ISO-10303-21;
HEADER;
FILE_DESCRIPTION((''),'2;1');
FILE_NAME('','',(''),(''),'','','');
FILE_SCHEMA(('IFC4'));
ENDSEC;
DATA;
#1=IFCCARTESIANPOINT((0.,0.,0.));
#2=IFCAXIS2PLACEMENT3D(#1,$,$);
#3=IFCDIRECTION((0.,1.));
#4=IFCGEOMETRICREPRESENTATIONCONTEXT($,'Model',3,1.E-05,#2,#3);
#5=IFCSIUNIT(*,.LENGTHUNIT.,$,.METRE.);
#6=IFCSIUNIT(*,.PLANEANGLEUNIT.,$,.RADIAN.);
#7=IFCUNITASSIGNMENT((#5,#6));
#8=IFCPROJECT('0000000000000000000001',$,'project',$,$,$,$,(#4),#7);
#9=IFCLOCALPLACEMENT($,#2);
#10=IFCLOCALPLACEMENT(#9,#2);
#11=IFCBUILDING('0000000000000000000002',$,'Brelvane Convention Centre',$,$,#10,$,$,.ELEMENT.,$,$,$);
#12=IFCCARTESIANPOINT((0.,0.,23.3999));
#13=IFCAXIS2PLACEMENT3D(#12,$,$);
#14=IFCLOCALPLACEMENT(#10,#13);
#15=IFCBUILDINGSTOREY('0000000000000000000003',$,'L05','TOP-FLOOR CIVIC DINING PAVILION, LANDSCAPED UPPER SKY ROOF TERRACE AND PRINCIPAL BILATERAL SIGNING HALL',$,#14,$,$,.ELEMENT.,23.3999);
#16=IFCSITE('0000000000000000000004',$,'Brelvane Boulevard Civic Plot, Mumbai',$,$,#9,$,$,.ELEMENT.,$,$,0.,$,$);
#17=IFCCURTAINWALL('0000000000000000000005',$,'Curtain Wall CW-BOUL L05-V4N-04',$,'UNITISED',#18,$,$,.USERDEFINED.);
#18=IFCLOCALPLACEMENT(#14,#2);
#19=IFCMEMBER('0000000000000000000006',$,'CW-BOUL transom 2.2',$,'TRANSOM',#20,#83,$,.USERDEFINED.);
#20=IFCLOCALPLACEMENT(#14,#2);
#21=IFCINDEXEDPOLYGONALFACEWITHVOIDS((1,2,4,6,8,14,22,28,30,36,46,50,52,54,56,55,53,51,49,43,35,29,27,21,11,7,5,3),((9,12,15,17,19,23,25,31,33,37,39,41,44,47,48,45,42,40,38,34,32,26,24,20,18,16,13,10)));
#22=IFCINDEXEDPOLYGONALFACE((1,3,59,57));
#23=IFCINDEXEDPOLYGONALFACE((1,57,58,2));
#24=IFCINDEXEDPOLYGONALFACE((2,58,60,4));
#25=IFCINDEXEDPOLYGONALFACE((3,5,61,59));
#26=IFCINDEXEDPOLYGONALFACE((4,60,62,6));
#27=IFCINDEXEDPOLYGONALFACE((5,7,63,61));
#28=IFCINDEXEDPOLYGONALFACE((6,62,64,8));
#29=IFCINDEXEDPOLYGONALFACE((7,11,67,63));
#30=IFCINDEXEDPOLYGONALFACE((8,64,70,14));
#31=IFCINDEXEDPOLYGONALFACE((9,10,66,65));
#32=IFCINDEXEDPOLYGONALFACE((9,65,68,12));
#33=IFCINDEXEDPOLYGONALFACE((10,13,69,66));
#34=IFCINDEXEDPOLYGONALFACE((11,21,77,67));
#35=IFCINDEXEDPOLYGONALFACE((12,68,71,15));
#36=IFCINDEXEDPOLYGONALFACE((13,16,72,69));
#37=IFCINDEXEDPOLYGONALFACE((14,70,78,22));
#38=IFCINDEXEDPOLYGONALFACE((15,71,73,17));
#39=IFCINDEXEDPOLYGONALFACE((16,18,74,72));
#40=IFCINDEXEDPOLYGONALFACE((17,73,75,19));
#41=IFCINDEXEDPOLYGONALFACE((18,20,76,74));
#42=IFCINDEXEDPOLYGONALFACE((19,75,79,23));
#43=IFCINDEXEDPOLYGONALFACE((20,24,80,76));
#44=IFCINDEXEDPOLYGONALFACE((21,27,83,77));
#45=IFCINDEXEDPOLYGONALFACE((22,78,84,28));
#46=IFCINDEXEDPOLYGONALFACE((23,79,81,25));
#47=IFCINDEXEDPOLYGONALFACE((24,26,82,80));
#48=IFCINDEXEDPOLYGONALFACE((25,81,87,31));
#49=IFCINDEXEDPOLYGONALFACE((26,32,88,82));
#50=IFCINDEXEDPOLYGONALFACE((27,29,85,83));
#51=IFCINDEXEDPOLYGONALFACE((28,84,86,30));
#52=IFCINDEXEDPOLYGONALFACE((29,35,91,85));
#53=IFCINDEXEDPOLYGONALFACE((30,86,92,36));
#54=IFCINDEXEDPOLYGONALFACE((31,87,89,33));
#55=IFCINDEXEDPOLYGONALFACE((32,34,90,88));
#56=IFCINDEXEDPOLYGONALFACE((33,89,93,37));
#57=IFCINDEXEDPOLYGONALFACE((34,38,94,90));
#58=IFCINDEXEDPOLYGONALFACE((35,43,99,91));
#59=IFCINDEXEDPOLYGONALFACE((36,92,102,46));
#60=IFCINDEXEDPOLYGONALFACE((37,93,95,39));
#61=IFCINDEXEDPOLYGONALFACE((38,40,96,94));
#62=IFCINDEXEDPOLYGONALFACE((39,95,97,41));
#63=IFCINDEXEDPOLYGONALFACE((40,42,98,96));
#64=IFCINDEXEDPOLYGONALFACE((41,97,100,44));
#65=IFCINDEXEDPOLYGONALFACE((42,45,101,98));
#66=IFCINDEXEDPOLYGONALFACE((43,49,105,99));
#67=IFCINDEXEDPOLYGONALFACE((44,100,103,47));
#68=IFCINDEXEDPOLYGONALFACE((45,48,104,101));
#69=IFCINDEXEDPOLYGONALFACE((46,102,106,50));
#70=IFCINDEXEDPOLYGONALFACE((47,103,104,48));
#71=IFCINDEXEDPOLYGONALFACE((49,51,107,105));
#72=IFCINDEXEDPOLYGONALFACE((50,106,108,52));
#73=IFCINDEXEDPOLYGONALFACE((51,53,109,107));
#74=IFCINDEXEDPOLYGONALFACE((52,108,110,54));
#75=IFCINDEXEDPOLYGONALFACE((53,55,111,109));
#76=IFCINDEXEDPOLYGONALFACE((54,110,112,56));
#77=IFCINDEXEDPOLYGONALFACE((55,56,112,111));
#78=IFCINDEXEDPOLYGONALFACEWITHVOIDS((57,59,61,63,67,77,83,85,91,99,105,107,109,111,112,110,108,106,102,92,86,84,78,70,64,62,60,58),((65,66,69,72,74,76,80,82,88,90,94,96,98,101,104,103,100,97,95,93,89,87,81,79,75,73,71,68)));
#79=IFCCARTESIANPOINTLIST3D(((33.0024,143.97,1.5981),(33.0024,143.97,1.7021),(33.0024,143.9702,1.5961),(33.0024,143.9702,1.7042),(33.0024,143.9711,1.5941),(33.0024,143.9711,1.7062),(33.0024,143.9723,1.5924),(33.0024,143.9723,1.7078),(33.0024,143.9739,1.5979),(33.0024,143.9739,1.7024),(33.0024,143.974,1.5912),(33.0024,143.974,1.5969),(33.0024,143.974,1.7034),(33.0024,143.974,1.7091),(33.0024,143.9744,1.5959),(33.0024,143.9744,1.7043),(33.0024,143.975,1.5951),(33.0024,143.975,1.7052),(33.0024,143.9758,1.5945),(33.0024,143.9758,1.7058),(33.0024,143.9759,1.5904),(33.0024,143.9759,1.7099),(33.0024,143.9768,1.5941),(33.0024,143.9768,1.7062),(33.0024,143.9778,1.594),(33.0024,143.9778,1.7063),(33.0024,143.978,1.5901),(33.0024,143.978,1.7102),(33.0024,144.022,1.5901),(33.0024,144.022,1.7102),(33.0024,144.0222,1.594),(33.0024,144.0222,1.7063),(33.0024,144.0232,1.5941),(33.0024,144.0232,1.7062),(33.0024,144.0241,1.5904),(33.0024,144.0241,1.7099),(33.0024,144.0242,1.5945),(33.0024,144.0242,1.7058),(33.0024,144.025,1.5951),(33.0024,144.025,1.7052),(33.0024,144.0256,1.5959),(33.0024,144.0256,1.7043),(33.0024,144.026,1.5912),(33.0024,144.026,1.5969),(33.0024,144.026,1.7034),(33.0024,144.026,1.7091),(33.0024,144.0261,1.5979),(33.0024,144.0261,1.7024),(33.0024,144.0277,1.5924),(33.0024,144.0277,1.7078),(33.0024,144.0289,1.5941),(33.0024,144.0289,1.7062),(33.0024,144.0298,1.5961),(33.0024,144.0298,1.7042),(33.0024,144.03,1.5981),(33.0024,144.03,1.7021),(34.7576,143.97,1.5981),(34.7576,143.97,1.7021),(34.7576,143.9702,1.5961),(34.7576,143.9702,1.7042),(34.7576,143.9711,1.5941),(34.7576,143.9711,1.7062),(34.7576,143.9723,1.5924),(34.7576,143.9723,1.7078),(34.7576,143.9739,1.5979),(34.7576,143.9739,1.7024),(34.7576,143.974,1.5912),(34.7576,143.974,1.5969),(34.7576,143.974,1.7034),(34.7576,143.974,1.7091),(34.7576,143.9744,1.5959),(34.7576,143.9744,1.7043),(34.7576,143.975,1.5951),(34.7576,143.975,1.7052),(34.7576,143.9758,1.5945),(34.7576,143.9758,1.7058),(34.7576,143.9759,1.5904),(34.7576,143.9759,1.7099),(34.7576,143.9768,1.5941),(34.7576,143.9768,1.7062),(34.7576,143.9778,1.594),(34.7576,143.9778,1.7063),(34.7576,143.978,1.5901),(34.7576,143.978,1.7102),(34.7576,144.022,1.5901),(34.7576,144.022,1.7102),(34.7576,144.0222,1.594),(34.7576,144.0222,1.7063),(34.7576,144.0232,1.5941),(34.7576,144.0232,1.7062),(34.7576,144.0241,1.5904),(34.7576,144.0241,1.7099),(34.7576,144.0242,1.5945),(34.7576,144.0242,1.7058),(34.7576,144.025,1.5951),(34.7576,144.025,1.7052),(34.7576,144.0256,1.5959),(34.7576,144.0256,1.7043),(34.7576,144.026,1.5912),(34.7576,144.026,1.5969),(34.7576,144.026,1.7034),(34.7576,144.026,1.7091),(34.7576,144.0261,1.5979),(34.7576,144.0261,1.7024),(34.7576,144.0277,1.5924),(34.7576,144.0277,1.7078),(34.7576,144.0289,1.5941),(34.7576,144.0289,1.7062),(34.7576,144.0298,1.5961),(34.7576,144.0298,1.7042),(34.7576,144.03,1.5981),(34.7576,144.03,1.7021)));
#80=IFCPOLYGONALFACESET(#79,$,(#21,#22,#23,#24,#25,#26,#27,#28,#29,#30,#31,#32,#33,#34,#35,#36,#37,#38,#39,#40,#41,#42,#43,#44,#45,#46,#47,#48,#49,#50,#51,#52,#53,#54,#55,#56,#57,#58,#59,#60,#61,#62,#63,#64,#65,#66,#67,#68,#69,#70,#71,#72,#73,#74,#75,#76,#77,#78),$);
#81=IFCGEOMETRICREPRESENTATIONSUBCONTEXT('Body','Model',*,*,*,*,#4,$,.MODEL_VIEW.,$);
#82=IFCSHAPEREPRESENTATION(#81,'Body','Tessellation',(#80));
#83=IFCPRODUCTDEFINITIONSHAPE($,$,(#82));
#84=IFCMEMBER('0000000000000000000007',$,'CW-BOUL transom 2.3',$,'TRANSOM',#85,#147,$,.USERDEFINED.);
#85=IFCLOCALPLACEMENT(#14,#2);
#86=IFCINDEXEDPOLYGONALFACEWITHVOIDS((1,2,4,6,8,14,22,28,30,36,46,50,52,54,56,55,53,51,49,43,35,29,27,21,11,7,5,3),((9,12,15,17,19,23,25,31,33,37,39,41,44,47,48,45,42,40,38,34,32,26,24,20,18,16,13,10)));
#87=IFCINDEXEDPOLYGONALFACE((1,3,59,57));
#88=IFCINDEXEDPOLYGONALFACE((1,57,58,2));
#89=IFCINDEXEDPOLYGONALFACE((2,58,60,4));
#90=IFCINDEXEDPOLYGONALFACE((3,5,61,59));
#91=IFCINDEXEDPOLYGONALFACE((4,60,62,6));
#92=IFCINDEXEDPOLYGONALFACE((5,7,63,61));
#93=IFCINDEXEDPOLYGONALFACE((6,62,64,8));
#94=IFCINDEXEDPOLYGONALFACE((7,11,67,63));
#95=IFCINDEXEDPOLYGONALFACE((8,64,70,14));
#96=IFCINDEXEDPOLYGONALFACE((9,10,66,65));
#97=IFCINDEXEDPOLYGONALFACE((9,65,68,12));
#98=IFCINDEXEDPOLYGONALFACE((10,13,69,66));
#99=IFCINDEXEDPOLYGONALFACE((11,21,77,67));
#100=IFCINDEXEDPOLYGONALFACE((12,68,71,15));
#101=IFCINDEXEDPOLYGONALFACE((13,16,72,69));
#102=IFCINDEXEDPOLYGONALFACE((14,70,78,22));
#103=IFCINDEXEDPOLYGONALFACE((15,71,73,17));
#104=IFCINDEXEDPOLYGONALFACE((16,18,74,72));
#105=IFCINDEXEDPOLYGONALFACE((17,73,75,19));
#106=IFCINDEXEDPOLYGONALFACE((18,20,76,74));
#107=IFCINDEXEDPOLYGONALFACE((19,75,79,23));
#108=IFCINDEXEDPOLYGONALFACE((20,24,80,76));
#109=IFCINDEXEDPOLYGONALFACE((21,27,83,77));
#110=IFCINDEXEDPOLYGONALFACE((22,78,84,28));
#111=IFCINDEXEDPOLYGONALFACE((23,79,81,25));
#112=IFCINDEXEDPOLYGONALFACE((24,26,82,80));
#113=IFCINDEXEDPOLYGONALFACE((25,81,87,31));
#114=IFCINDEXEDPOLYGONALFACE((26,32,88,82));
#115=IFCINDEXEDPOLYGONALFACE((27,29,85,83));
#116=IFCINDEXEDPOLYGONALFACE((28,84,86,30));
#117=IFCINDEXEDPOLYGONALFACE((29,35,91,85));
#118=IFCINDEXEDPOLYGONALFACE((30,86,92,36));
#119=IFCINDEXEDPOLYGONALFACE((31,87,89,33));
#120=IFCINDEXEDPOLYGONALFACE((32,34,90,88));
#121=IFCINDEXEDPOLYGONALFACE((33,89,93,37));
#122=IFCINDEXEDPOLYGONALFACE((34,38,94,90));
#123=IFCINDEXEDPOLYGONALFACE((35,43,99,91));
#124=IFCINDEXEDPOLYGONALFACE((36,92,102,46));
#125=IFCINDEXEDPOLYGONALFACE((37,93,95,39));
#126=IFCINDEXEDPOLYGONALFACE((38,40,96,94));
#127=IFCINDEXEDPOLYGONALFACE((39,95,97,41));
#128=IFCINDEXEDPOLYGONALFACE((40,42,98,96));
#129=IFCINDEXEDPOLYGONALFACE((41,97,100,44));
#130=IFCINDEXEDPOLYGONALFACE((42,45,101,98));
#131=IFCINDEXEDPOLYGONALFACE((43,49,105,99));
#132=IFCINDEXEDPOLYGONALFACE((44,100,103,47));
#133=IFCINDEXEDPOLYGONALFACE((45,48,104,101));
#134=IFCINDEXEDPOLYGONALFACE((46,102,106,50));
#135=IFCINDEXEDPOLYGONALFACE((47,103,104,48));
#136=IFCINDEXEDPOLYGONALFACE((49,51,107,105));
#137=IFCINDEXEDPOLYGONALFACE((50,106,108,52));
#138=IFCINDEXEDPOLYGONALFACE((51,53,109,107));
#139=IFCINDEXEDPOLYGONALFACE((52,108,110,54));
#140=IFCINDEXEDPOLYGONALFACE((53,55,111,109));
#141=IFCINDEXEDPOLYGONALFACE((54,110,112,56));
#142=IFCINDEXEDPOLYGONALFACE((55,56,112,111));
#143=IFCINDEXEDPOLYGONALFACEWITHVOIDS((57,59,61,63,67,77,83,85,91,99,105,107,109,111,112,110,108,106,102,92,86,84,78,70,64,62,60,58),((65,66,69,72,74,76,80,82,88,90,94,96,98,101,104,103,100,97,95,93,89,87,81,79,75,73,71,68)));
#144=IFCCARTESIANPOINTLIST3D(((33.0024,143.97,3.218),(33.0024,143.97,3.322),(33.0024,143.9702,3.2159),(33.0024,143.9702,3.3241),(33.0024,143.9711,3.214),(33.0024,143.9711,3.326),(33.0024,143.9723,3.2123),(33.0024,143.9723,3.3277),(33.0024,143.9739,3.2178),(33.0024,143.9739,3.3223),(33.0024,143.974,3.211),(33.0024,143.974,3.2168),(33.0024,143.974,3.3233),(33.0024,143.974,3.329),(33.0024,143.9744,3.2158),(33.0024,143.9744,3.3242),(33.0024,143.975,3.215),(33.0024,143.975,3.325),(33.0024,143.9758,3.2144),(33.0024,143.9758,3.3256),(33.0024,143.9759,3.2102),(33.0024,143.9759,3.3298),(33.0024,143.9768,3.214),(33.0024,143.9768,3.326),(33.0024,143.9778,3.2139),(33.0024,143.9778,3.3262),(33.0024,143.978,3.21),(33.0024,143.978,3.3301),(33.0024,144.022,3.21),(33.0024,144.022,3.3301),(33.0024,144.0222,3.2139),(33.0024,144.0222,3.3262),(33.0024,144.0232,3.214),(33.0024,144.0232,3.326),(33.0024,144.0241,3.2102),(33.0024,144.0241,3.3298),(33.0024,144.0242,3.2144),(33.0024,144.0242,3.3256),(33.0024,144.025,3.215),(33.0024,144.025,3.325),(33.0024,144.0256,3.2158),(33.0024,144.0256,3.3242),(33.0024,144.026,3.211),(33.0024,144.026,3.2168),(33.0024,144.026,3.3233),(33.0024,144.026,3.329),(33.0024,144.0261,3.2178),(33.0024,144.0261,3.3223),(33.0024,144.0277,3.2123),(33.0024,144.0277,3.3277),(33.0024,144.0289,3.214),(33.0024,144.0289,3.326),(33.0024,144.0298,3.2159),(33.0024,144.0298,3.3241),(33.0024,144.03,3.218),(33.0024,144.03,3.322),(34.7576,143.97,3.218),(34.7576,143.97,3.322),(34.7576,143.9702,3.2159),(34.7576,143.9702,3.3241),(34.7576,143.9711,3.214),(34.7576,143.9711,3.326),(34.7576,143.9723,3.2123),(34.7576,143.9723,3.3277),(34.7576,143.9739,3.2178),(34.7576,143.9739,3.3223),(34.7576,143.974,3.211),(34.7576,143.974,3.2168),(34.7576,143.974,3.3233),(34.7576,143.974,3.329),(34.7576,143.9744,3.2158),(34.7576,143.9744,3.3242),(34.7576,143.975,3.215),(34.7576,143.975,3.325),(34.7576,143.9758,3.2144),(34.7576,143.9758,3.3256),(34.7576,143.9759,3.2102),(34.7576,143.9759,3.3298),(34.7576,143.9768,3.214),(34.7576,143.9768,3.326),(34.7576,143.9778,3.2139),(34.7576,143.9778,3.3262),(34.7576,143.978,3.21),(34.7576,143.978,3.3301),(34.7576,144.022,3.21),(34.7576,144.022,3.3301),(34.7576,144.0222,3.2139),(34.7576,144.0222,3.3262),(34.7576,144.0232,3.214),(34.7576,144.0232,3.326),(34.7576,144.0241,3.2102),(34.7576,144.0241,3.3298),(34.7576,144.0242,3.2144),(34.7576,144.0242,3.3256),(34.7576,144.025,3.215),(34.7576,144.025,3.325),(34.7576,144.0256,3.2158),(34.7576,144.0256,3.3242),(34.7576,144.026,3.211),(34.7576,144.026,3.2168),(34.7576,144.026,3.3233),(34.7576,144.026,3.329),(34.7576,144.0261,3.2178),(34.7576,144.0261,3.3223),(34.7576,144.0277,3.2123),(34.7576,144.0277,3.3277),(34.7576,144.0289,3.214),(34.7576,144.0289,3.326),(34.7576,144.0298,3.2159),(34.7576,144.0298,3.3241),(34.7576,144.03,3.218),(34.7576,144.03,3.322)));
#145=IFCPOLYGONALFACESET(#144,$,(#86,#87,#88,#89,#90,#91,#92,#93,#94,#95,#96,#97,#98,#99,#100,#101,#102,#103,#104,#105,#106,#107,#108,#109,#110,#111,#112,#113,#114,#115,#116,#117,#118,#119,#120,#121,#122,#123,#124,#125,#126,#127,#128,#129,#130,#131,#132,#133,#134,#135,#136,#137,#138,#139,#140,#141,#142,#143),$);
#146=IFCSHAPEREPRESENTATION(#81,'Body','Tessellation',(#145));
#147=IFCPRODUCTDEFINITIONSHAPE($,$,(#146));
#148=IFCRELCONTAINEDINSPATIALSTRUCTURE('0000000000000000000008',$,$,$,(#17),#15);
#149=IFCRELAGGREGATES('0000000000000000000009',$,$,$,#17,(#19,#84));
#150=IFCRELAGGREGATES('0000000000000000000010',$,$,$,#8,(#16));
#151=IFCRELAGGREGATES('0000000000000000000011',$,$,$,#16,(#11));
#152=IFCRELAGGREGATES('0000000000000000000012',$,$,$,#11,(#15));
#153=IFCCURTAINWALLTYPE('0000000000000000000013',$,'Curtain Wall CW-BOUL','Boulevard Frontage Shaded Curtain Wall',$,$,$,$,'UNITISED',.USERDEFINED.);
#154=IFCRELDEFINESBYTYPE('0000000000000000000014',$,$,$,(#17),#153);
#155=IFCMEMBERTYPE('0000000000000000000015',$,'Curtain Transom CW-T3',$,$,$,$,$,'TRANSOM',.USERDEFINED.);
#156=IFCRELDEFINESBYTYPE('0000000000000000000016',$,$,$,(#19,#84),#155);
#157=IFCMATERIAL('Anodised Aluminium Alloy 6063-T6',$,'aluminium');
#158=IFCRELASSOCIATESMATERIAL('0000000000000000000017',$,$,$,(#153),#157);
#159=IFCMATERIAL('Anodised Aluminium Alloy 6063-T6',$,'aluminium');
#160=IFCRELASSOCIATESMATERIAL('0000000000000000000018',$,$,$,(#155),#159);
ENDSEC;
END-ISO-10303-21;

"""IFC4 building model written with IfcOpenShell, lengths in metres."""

from ifc_helpers import new_model, si_unit, direction, frame, origin, origin_2d, place, context, subcontext, project, spatial, hollow_rectangle, extrude, material, material_profile, profile_set, type_object, element, aggregate, save


model = new_model("IFC4")

# Units and contexts
model_context = context("Model", 3, precision=1e-05, world=origin(), true_north=direction((0.0, 1.0)))
body_context = subcontext(model_context, "Body", "Model", "MODEL_VIEW")
ifc_project = project(units=[si_unit("LENGTHUNIT", "METRE"), si_unit("PLANEANGLEUNIT", "RADIAN")], contexts=[model_context])

# Site, building, storey
site_placement = place(None, origin())
site = spatial("IfcSite", under=ifc_project, at=site_placement, Name="Brelvane Boulevard Civic Plot, Mumbai", CompositionType="ELEMENT", RefElevation=0.0)
building_placement = place(site_placement, origin())
building = spatial("IfcBuilding", under=site, at=building_placement, Name="Brelvane Convention Centre", CompositionType="ELEMENT")
storey_placement = place(building_placement, frame((0.0, 0.0, 23.3999)))
storey = spatial("IfcBuildingStorey", under=building, at=storey_placement, Name="L05", Description="TOP-FLOOR CIVIC DINING PAVILION, LANDSCAPED UPPER SKY ROOF TERRACE AND PRINCIPAL BILATERAL SIGNING HALL", CompositionType="ELEMENT", Elevation=23.3999)

# Curtain wall, members
ifc_material_1 = material(Name="Anodised Aluminium Alloy 6063-T6", Category="aluminium")
curtain_wall_type = type_object("IfcCurtainWallType", Name="Curtain Wall CW-BOUL", Description="Boulevard Frontage Shaded Curtain Wall", ElementType="UNITISED", PredefinedType="USERDEFINED", material=ifc_material_1)
curtain_wall_placement = place(storey_placement, origin())
curtain_wall = element("IfcCurtainWall", 1, at=curtain_wall_placement, inside=storey, type_object=curtain_wall_type, Name="Curtain Wall CW-BOUL L05-V4N-04", ObjectType="UNITISED", PredefinedType="USERDEFINED")
ifc_material_2 = material(Name="Anodised Aluminium Alloy 6063-T6", Category="aluminium")
ifc_material_profile_1 = material_profile(ifc_material_2, hollow_rectangle(XDim=0.0601, YDim=0.1201, WallThickness=0.0039, InnerFilletRadius=0.0039, OuterFilletRadius=0.0081, at=origin_2d()), Name="ALU-T 120x60x4.0")
ifc_profile_set_1 = profile_set([ifc_material_profile_1], Name="Anodised Aluminium Alloy 6063-T6")
member_type_1 = type_object("IfcMemberType", Name="Curtain Transom CW-T3", ElementType="TRANSOM", PredefinedType="USERDEFINED", material=ifc_profile_set_1)
member_1_placement = place(storey_placement, frame((33.0024, 144.0, 1.6501), z_axis=(1.0, 0.0, 0.0), x_axis=(0.0, 1.0, 0.0)))
member_1 = element("IfcMember", 2, at=member_1_placement, type_object=member_type_1, Name="CW-BOUL transom 2.2", ObjectType="TRANSOM", PredefinedType="USERDEFINED", context=body_context, shape_type="SweptSolid", body=[
    extrude(hollow_rectangle(XDim=0.0601, YDim=0.1201, WallThickness=0.0039, InnerFilletRadius=0.0039, OuterFilletRadius=0.0081, at=origin_2d()), origin(), (0.0, 0.0, 1.0), 1.7551),
])
member_2_placement = place(storey_placement, frame((33.0024, 144.0, 3.27), z_axis=(1.0, 0.0, 0.0), x_axis=(0.0, 1.0, 0.0)))
member_2 = element("IfcMember", 3, at=member_2_placement, type_object=member_type_1, Name="CW-BOUL transom 2.3", ObjectType="TRANSOM", PredefinedType="USERDEFINED", context=body_context, shape_type="SweptSolid", body=[
    extrude(hollow_rectangle(XDim=0.0601, YDim=0.1201, WallThickness=0.0039, InnerFilletRadius=0.0039, OuterFilletRadius=0.0081, at=origin_2d()), origin(), (0.0, 0.0, 1.0), 1.7551),
])
aggregate(curtain_wall, [member_1, member_2])

save(model, "model.ifc")
